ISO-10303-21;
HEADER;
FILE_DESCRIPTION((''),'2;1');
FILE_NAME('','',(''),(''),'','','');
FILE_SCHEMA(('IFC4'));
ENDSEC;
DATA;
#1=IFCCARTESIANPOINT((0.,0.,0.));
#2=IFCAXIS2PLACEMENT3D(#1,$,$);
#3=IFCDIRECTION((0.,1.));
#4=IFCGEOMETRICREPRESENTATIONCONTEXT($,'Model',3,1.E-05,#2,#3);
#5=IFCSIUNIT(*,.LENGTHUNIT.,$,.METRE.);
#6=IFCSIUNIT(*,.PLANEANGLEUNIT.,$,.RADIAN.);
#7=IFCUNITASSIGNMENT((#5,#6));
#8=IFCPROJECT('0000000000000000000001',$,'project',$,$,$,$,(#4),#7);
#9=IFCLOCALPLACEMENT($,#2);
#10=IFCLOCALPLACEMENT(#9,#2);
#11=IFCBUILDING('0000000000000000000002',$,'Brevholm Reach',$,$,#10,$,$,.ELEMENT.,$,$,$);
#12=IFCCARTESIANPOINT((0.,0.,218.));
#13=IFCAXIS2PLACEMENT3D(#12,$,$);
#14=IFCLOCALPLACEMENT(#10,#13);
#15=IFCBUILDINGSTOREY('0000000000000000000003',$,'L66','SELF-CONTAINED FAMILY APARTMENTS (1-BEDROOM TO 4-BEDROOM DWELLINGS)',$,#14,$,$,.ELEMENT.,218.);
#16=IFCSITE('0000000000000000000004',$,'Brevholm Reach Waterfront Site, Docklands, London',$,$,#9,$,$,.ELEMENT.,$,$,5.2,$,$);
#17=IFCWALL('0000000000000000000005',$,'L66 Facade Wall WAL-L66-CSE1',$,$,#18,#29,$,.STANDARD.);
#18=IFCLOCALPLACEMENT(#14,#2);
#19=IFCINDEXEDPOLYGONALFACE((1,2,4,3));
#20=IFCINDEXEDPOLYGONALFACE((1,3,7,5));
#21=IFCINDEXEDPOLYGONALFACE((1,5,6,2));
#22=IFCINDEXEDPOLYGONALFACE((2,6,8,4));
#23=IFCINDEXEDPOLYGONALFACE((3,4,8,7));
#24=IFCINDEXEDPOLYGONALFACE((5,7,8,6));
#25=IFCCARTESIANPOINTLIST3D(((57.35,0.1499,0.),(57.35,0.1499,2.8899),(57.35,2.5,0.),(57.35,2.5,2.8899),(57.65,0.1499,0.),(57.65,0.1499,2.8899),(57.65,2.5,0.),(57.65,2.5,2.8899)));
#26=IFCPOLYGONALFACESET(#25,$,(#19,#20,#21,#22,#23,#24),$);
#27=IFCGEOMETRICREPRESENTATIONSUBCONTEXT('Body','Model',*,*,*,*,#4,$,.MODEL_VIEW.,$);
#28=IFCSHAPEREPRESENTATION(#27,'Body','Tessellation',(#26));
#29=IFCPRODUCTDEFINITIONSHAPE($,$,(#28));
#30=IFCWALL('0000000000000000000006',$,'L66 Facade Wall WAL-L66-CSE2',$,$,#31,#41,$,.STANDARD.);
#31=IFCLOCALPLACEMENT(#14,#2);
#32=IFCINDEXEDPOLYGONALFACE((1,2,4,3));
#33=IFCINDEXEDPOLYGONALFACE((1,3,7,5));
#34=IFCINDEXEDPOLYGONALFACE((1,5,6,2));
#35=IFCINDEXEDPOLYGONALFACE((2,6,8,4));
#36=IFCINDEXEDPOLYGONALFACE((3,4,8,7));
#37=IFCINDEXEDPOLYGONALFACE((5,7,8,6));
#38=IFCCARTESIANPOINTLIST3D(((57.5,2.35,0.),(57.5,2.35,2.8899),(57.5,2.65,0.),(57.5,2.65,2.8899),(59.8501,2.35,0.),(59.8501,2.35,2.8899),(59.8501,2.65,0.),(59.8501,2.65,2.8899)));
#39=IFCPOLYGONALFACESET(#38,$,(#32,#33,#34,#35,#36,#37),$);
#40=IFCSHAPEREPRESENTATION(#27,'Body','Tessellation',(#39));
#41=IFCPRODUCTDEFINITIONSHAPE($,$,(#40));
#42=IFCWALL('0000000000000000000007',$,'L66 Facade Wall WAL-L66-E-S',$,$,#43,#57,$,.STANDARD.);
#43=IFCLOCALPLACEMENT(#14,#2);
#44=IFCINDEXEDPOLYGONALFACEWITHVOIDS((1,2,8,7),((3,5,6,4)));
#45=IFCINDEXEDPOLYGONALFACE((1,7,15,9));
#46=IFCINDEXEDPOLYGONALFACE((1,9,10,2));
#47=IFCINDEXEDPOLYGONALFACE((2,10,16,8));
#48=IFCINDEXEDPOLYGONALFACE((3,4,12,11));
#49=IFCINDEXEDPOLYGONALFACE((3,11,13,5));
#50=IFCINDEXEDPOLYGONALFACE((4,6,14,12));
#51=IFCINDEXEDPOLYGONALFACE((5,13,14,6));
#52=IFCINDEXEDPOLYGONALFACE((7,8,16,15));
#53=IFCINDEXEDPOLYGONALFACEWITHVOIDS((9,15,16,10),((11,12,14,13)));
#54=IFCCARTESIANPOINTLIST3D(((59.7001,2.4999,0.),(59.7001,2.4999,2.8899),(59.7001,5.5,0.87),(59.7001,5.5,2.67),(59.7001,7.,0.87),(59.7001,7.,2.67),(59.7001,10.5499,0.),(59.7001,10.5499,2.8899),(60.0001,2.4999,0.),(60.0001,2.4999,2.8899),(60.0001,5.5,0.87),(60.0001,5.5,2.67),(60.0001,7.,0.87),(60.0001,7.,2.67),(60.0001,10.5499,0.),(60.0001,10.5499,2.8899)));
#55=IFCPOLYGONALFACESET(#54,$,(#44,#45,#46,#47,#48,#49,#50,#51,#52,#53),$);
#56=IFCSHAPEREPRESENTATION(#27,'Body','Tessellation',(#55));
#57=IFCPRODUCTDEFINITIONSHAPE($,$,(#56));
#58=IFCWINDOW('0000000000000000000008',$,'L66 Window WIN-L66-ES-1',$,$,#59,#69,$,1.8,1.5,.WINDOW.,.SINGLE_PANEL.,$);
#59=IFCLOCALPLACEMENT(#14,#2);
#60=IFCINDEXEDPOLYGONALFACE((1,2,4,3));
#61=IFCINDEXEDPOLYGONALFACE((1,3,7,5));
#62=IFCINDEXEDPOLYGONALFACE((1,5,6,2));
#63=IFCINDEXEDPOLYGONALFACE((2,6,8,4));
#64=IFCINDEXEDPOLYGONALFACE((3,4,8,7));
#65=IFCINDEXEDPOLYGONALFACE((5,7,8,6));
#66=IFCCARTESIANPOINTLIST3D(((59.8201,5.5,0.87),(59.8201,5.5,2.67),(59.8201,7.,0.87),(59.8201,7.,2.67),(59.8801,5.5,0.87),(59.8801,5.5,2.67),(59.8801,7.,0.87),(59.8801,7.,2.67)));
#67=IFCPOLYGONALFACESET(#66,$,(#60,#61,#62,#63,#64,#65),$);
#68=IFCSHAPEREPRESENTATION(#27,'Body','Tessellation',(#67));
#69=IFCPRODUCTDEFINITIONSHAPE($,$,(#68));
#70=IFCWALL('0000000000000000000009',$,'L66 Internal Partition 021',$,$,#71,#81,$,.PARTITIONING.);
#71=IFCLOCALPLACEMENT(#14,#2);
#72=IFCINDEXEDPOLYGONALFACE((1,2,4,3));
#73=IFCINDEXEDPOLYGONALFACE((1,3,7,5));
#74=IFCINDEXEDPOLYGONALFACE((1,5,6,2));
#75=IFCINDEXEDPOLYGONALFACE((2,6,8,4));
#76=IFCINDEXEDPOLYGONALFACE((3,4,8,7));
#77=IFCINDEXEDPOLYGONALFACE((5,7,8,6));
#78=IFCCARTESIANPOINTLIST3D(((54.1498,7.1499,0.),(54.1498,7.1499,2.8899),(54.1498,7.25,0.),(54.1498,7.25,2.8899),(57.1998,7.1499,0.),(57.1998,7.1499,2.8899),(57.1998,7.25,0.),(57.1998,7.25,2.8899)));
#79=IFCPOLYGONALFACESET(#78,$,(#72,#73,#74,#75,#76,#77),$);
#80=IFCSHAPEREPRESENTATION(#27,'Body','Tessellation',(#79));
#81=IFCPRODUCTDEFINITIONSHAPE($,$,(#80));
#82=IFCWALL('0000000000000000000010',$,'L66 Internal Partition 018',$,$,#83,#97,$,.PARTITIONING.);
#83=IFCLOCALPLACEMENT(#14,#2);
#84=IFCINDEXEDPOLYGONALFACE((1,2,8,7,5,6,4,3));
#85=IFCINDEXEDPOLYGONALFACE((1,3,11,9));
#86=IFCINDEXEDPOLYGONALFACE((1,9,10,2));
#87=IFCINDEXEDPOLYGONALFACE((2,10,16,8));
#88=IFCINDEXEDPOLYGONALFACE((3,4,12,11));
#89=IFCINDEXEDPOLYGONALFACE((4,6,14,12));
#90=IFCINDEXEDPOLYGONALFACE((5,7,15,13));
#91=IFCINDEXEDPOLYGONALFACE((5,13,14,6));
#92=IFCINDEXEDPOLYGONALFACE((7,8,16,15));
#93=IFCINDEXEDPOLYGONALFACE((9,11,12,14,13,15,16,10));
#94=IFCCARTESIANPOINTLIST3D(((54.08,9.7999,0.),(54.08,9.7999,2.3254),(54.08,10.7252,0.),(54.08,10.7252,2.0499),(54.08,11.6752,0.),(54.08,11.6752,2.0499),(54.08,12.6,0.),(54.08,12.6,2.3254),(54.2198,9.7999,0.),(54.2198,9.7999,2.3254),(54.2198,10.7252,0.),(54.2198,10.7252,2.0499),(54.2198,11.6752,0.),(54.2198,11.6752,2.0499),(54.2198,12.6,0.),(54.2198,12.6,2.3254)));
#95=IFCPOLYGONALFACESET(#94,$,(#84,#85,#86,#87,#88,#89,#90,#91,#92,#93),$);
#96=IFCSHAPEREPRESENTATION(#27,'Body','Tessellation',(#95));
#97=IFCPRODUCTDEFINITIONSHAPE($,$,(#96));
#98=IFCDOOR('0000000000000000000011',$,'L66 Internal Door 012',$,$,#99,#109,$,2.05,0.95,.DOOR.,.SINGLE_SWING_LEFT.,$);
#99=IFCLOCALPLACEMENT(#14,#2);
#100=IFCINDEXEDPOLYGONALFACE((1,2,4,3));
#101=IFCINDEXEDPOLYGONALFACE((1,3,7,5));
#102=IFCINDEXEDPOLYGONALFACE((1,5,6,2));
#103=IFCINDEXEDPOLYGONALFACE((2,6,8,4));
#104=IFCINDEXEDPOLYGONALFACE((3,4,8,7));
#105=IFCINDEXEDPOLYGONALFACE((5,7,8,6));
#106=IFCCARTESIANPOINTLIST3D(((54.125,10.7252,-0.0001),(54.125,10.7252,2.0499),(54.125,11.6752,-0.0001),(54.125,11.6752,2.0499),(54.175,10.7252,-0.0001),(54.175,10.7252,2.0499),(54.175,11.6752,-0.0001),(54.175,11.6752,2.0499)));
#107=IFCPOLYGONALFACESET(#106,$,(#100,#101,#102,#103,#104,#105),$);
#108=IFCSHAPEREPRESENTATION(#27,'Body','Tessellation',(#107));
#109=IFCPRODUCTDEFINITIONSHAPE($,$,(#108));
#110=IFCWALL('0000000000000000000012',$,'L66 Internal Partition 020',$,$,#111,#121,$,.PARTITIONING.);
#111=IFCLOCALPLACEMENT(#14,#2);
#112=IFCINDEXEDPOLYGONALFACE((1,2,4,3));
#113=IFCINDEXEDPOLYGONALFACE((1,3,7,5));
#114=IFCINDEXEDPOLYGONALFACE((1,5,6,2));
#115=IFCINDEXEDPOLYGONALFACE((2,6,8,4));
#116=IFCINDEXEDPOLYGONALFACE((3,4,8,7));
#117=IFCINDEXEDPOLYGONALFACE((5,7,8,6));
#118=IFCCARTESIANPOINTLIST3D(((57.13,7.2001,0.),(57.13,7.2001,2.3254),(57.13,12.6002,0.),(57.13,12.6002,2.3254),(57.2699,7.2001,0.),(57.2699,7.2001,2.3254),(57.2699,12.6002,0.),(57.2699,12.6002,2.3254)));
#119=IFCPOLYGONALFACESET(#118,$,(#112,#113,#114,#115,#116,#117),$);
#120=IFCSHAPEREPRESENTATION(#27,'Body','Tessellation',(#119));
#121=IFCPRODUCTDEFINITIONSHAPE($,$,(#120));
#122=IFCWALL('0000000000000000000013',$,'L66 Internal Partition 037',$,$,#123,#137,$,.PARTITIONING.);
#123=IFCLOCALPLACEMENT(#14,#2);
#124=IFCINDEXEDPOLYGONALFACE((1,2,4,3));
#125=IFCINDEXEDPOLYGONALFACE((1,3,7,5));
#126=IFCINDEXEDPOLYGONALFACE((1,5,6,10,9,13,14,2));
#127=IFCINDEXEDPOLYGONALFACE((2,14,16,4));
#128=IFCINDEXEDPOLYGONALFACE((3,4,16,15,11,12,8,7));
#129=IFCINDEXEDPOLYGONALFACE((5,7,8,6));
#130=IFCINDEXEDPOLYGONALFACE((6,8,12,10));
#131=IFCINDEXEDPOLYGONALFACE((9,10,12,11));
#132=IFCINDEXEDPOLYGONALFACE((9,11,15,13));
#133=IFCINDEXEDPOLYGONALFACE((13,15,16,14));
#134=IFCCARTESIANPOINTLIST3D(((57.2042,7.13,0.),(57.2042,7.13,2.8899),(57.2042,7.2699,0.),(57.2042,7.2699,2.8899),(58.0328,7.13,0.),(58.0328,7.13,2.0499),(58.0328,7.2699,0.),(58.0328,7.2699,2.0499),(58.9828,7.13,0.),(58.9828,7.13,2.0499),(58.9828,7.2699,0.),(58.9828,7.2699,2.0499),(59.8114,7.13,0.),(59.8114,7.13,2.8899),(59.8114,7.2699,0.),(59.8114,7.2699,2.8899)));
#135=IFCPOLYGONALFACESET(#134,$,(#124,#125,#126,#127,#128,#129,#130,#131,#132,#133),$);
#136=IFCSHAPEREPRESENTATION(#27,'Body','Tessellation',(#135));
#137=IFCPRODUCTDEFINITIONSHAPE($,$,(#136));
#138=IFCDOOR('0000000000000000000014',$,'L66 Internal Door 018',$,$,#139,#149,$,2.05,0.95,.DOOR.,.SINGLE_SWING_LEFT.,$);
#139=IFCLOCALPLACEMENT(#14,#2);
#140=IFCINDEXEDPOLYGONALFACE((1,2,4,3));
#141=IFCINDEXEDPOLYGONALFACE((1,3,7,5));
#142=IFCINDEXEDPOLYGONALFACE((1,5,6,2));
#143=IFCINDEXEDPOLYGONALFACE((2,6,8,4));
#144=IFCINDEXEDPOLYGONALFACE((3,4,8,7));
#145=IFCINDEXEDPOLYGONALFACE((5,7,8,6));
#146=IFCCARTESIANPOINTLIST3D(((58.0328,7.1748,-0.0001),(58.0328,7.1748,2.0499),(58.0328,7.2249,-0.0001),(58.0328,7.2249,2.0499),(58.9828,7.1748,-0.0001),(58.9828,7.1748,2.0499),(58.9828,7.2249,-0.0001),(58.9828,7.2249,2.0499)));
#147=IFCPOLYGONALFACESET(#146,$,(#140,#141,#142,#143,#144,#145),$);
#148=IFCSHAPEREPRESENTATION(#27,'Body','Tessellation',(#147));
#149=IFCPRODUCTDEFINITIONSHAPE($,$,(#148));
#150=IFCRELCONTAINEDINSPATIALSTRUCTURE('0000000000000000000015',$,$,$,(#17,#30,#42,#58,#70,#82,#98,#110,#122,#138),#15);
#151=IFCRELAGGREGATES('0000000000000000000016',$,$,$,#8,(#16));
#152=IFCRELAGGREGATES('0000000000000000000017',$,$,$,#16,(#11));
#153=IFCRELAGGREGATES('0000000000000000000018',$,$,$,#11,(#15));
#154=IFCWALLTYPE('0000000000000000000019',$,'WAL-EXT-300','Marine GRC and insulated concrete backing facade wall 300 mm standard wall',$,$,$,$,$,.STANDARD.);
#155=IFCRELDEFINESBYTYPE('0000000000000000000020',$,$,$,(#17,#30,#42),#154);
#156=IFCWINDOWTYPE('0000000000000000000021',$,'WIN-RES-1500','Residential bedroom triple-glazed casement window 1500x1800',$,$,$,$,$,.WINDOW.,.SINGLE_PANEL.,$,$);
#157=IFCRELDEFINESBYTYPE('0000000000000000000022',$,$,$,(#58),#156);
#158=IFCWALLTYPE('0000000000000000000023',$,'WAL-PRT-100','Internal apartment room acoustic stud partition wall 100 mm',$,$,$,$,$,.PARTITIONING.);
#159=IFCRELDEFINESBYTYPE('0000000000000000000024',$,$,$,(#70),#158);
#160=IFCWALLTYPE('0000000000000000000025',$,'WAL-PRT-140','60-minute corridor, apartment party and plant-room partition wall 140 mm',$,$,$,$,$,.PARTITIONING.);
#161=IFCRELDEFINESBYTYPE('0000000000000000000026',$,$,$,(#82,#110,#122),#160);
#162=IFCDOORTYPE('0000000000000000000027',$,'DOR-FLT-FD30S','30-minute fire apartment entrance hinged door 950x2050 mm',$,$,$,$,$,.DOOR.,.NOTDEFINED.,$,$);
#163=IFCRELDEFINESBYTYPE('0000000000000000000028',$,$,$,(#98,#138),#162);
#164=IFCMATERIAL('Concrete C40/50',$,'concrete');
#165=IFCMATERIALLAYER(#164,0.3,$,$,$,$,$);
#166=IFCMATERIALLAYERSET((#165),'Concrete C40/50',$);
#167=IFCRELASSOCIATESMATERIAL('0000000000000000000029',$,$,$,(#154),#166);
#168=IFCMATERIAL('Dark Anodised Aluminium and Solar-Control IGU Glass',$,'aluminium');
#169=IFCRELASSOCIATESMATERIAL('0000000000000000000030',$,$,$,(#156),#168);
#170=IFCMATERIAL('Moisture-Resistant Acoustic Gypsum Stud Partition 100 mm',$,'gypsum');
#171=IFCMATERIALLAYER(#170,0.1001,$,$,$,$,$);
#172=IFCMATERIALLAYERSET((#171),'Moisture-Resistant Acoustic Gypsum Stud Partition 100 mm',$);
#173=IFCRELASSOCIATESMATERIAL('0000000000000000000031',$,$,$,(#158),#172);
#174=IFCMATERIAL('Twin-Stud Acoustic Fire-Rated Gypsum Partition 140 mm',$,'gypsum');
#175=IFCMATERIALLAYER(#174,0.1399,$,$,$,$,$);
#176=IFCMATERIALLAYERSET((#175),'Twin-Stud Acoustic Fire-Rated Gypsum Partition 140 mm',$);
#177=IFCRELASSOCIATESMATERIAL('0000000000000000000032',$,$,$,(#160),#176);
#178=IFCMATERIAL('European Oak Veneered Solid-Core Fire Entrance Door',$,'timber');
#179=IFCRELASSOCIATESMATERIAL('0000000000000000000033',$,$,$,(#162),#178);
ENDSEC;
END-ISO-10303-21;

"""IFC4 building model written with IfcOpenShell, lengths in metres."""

from ifc_helpers import new_model, si_unit, direction, frame, frame_2d, origin, place, context, subcontext, project, spatial, rectangle, extrude, material, layer, layer_set, type_object, element, fill, save


model = new_model("IFC4")

# Units and contexts
model_context = context("Model", 3, precision=1e-05, world=origin(), true_north=direction((0.0, 1.0)))
body_context = subcontext(model_context, "Body", "Model", "MODEL_VIEW")
ifc_project = project(units=[si_unit("LENGTHUNIT", "METRE"), si_unit("PLANEANGLEUNIT", "RADIAN")], contexts=[model_context])

# Site, building, storey
site_placement = place(None, origin())
site = spatial("IfcSite", under=ifc_project, at=site_placement, Name="Brevholm Reach Waterfront Site, Docklands, London", CompositionType="ELEMENT", RefElevation=5.2)
building_placement = place(site_placement, origin())
building = spatial("IfcBuilding", under=site, at=building_placement, Name="Brevholm Reach", CompositionType="ELEMENT")
storey_placement = place(building_placement, frame((0.0, 0.0, 218.0)))
storey = spatial("IfcBuildingStorey", under=building, at=storey_placement, Name="L66", Description="SELF-CONTAINED FAMILY APARTMENTS (1-BEDROOM TO 4-BEDROOM DWELLINGS)", CompositionType="ELEMENT", Elevation=218.0)

# Walls
ifc_material_1 = material(Name="Concrete C40/50", Category="concrete")
ifc_layer_1 = layer(ifc_material_1, 0.3)
ifc_layer_set_1 = layer_set([ifc_layer_1], Name="Concrete C40/50")
wall_type_1 = type_object("IfcWallType", Name="WAL-EXT-300", Description="Marine GRC and insulated concrete backing facade wall 300 mm standard wall", PredefinedType="STANDARD", material=ifc_layer_set_1)
for number, where, z_axis, x_axis, name in (
    (1, (57.5, 0.1499, 0.0), (0.0, 0.0, 1.0), (0.0, 1.0, 0.0), "L66 Facade Wall WAL-L66-CSE1"),
    (2, (57.5, 2.5, 0.0), (0.0, 0.0, 1.0), (1.0, 0.0, 0.0), "L66 Facade Wall WAL-L66-CSE2"),
):
    element("IfcWall", number, at=place(storey_placement, frame(where, z_axis=z_axis, x_axis=x_axis)), inside=storey, type_object=wall_type_1, Name=name, PredefinedType="STANDARD", context=body_context, shape_type="SweptSolid", body=[
        extrude(rectangle(XDim=2.3501, YDim=0.3, at=frame_2d((1.175, 0.0))), origin(), (0.0, 0.0, 1.0), 2.8899),
    ])

# Wall, opening, window
wall_1_placement = place(storey_placement, frame((59.8501, 2.5, 0.0), z_axis=(0.0, 0.0, 1.0), x_axis=(0.0, 1.0, 0.0)))
wall_1 = element("IfcWall", 3, at=wall_1_placement, inside=storey, type_object=wall_type_1, Name="L66 Facade Wall WAL-L66-E-S", PredefinedType="STANDARD", context=body_context, shape_type="SweptSolid", body=[
    extrude(rectangle(XDim=8.05, YDim=0.3, at=frame_2d((4.0249, 0.0))), origin(), (0.0, 0.0, 1.0), 2.8899),
])
opening_1_placement = place(wall_1_placement, frame((3.0, 0.0, 0.8701)))
opening_1 = element("IfcOpeningElement", 4, at=opening_1_placement, cuts=wall_1, PredefinedType="OPENING", context=body_context, shape_type="SweptSolid", body=[
    extrude(rectangle(XDim=1.5, YDim=1.8, at=frame_2d((0.75, 0.8999))), frame((0.0, 0.1599, 0.0), z_axis=(0.0, -1.0, 0.0), x_axis=(1.0, 0.0, 0.0)), (0.0, 0.0, 1.0), 0.3201),
])
ifc_material_2 = material(Name="Dark Anodised Aluminium and Solar-Control IGU Glass", Category="aluminium")
window_type = type_object("IfcWindowType", Name="WIN-RES-1500", Description="Residential bedroom triple-glazed casement window 1500x1800", PartitioningType="SINGLE_PANEL", PredefinedType="WINDOW", material=ifc_material_2)
window_placement = place(opening_1_placement, origin())
window = element("IfcWindow", 5, at=window_placement, inside=storey, type_object=window_type, Name="L66 Window WIN-L66-ES-1", OverallHeight=1.8, OverallWidth=1.5, PartitioningType="SINGLE_PANEL", PredefinedType="WINDOW", context=body_context, shape_type="SweptSolid", body=[
    extrude(rectangle(XDim=1.5, YDim=1.8, at=frame_2d((0.75, 0.8999))), frame((0.0, 0.03, 0.0), z_axis=(0.0, -1.0, 0.0), x_axis=(1.0, 0.0, 0.0)), (0.0, 0.0, 1.0), 0.0601),
])
fill(opening_1, window)

# Wall
ifc_material_3 = material(Name="Moisture-Resistant Acoustic Gypsum Stud Partition 100 mm", Category="gypsum")
ifc_layer_2 = layer(ifc_material_3, 0.1001)
ifc_layer_set_2 = layer_set([ifc_layer_2], Name="Moisture-Resistant Acoustic Gypsum Stud Partition 100 mm")
wall_type_2 = type_object("IfcWallType", Name="WAL-PRT-100", Description="Internal apartment room acoustic stud partition wall 100 mm", PredefinedType="PARTITIONING", material=ifc_layer_set_2)
wall_2_placement = place(storey_placement, frame((54.1499, 7.2, 0.0), z_axis=(0.0, 0.0, 1.0), x_axis=(1.0, 0.0, 0.0)))
element("IfcWall", 6, at=wall_2_placement, inside=storey, type_object=wall_type_2, Name="L66 Internal Partition 021", PredefinedType="PARTITIONING", context=body_context, shape_type="SweptSolid", body=[
    extrude(rectangle(XDim=3.05, YDim=0.1001, at=frame_2d((1.5249, 0.0))), origin(), (0.0, 0.0, 1.0), 2.8899),
])

# Wall, opening, door
ifc_material_4 = material(Name="Twin-Stud Acoustic Fire-Rated Gypsum Partition 140 mm", Category="gypsum")
ifc_layer_3 = layer(ifc_material_4, 0.1399)
ifc_layer_set_3 = layer_set([ifc_layer_3], Name="Twin-Stud Acoustic Fire-Rated Gypsum Partition 140 mm")
wall_type_3 = type_object("IfcWallType", Name="WAL-PRT-140", Description="60-minute corridor, apartment party and plant-room partition wall 140 mm", PredefinedType="PARTITIONING", material=ifc_layer_set_3)
wall_3_placement = place(storey_placement, frame((54.1499, 9.8, 0.0), z_axis=(0.0, 0.0, 1.0), x_axis=(0.0, 1.0, 0.0)))
wall_3 = element("IfcWall", 7, at=wall_3_placement, inside=storey, type_object=wall_type_3, Name="L66 Internal Partition 018", PredefinedType="PARTITIONING", context=body_context, shape_type="SweptSolid", body=[
    extrude(rectangle(XDim=2.8, YDim=0.1399, at=frame_2d((1.3999, 0.0))), origin(), (0.0, 0.0, 1.0), 2.3254),
])
opening_2_placement = place(wall_3_placement, frame((0.925, 0.0, 0.0)))
opening_2 = element("IfcOpeningElement", 8, at=opening_2_placement, cuts=wall_3, PredefinedType="OPENING", context=body_context, shape_type="SweptSolid", body=[
    extrude(rectangle(XDim=0.95, YDim=2.05, at=frame_2d((0.4751, 1.0249))), frame((0.0, 0.0798, 0.0), z_axis=(0.0, -1.0, 0.0), x_axis=(1.0, 0.0, 0.0)), (0.0, 0.0, 1.0), 0.1599),
])
ifc_material_5 = material(Name="European Oak Veneered Solid-Core Fire Entrance Door", Category="timber")
door_type_1 = type_object("IfcDoorType", Name="DOR-FLT-FD30S", Description="30-minute fire apartment entrance hinged door 950x2050 mm", OperationType="NOTDEFINED", PredefinedType="DOOR", material=ifc_material_5)
door_1_placement = place(opening_2_placement, origin())
door_1 = element("IfcDoor", 9, at=door_1_placement, inside=storey, type_object=door_type_1, Name="L66 Internal Door 012", OperationType="SINGLE_SWING_LEFT", OverallHeight=2.05, OverallWidth=0.95, PredefinedType="DOOR", context=body_context, shape_type="SweptSolid", body=[
    extrude(rectangle(XDim=0.95, YDim=2.05, at=frame_2d((0.4751, 1.0249))), frame((0.0, 0.0249, 0.0), z_axis=(0.0, -1.0, 0.0), x_axis=(1.0, 0.0, 0.0)), (0.0, 0.0, 1.0), 0.05),
])
fill(opening_2, door_1)

# Wall
wall_4_placement = place(storey_placement, frame((57.2, 7.2, 0.0), z_axis=(0.0, 0.0, 1.0), x_axis=(0.0, 1.0, 0.0)))
element("IfcWall", 10, at=wall_4_placement, inside=storey, type_object=wall_type_3, Name="L66 Internal Partition 020", PredefinedType="PARTITIONING", context=body_context, shape_type="SweptSolid", body=[
    extrude(rectangle(XDim=5.4001, YDim=0.1399, at=frame_2d((2.7002, 0.0))), origin(), (0.0, 0.0, 1.0), 2.3254),
])

# Wall, opening, door
wall_5_placement = place(storey_placement, frame((57.2041, 7.2, 0.0), z_axis=(0.0, 0.0, 1.0), x_axis=(1.0, 0.0, 0.0)))
wall_5 = element("IfcWall", 11, at=wall_5_placement, inside=storey, type_object=wall_type_3, Name="L66 Internal Partition 037", PredefinedType="PARTITIONING", context=body_context, shape_type="SweptSolid", body=[
    extrude(rectangle(XDim=2.6072, YDim=0.1399, at=frame_2d((1.3037, 0.0))), origin(), (0.0, 0.0, 1.0), 2.8899),
])
opening_3_placement = place(wall_5_placement, frame((0.8286, 0.0, 0.0)))
opening_3 = element("IfcOpeningElement", 12, at=opening_3_placement, cuts=wall_5, PredefinedType="OPENING", context=body_context, shape_type="SweptSolid", body=[
    extrude(rectangle(XDim=0.95, YDim=2.05, at=frame_2d((0.4751, 1.0249))), frame((0.0, 0.0798, 0.0), z_axis=(0.0, -1.0, 0.0), x_axis=(1.0, 0.0, 0.0)), (0.0, 0.0, 1.0), 0.1599),
])
door_2_placement = place(opening_3_placement, origin())
door_2 = element("IfcDoor", 13, at=door_2_placement, inside=storey, type_object=door_type_1, Name="L66 Internal Door 018", OperationType="SINGLE_SWING_LEFT", OverallHeight=2.05, OverallWidth=0.95, PredefinedType="DOOR", context=body_context, shape_type="SweptSolid", body=[
    extrude(rectangle(XDim=0.95, YDim=2.05, at=frame_2d((0.4751, 1.0249))), frame((0.0, 0.0249, 0.0), z_axis=(0.0, -1.0, 0.0), x_axis=(1.0, 0.0, 0.0)), (0.0, 0.0, 1.0), 0.05),
])
fill(opening_3, door_2)

save(model, "model.ifc")
